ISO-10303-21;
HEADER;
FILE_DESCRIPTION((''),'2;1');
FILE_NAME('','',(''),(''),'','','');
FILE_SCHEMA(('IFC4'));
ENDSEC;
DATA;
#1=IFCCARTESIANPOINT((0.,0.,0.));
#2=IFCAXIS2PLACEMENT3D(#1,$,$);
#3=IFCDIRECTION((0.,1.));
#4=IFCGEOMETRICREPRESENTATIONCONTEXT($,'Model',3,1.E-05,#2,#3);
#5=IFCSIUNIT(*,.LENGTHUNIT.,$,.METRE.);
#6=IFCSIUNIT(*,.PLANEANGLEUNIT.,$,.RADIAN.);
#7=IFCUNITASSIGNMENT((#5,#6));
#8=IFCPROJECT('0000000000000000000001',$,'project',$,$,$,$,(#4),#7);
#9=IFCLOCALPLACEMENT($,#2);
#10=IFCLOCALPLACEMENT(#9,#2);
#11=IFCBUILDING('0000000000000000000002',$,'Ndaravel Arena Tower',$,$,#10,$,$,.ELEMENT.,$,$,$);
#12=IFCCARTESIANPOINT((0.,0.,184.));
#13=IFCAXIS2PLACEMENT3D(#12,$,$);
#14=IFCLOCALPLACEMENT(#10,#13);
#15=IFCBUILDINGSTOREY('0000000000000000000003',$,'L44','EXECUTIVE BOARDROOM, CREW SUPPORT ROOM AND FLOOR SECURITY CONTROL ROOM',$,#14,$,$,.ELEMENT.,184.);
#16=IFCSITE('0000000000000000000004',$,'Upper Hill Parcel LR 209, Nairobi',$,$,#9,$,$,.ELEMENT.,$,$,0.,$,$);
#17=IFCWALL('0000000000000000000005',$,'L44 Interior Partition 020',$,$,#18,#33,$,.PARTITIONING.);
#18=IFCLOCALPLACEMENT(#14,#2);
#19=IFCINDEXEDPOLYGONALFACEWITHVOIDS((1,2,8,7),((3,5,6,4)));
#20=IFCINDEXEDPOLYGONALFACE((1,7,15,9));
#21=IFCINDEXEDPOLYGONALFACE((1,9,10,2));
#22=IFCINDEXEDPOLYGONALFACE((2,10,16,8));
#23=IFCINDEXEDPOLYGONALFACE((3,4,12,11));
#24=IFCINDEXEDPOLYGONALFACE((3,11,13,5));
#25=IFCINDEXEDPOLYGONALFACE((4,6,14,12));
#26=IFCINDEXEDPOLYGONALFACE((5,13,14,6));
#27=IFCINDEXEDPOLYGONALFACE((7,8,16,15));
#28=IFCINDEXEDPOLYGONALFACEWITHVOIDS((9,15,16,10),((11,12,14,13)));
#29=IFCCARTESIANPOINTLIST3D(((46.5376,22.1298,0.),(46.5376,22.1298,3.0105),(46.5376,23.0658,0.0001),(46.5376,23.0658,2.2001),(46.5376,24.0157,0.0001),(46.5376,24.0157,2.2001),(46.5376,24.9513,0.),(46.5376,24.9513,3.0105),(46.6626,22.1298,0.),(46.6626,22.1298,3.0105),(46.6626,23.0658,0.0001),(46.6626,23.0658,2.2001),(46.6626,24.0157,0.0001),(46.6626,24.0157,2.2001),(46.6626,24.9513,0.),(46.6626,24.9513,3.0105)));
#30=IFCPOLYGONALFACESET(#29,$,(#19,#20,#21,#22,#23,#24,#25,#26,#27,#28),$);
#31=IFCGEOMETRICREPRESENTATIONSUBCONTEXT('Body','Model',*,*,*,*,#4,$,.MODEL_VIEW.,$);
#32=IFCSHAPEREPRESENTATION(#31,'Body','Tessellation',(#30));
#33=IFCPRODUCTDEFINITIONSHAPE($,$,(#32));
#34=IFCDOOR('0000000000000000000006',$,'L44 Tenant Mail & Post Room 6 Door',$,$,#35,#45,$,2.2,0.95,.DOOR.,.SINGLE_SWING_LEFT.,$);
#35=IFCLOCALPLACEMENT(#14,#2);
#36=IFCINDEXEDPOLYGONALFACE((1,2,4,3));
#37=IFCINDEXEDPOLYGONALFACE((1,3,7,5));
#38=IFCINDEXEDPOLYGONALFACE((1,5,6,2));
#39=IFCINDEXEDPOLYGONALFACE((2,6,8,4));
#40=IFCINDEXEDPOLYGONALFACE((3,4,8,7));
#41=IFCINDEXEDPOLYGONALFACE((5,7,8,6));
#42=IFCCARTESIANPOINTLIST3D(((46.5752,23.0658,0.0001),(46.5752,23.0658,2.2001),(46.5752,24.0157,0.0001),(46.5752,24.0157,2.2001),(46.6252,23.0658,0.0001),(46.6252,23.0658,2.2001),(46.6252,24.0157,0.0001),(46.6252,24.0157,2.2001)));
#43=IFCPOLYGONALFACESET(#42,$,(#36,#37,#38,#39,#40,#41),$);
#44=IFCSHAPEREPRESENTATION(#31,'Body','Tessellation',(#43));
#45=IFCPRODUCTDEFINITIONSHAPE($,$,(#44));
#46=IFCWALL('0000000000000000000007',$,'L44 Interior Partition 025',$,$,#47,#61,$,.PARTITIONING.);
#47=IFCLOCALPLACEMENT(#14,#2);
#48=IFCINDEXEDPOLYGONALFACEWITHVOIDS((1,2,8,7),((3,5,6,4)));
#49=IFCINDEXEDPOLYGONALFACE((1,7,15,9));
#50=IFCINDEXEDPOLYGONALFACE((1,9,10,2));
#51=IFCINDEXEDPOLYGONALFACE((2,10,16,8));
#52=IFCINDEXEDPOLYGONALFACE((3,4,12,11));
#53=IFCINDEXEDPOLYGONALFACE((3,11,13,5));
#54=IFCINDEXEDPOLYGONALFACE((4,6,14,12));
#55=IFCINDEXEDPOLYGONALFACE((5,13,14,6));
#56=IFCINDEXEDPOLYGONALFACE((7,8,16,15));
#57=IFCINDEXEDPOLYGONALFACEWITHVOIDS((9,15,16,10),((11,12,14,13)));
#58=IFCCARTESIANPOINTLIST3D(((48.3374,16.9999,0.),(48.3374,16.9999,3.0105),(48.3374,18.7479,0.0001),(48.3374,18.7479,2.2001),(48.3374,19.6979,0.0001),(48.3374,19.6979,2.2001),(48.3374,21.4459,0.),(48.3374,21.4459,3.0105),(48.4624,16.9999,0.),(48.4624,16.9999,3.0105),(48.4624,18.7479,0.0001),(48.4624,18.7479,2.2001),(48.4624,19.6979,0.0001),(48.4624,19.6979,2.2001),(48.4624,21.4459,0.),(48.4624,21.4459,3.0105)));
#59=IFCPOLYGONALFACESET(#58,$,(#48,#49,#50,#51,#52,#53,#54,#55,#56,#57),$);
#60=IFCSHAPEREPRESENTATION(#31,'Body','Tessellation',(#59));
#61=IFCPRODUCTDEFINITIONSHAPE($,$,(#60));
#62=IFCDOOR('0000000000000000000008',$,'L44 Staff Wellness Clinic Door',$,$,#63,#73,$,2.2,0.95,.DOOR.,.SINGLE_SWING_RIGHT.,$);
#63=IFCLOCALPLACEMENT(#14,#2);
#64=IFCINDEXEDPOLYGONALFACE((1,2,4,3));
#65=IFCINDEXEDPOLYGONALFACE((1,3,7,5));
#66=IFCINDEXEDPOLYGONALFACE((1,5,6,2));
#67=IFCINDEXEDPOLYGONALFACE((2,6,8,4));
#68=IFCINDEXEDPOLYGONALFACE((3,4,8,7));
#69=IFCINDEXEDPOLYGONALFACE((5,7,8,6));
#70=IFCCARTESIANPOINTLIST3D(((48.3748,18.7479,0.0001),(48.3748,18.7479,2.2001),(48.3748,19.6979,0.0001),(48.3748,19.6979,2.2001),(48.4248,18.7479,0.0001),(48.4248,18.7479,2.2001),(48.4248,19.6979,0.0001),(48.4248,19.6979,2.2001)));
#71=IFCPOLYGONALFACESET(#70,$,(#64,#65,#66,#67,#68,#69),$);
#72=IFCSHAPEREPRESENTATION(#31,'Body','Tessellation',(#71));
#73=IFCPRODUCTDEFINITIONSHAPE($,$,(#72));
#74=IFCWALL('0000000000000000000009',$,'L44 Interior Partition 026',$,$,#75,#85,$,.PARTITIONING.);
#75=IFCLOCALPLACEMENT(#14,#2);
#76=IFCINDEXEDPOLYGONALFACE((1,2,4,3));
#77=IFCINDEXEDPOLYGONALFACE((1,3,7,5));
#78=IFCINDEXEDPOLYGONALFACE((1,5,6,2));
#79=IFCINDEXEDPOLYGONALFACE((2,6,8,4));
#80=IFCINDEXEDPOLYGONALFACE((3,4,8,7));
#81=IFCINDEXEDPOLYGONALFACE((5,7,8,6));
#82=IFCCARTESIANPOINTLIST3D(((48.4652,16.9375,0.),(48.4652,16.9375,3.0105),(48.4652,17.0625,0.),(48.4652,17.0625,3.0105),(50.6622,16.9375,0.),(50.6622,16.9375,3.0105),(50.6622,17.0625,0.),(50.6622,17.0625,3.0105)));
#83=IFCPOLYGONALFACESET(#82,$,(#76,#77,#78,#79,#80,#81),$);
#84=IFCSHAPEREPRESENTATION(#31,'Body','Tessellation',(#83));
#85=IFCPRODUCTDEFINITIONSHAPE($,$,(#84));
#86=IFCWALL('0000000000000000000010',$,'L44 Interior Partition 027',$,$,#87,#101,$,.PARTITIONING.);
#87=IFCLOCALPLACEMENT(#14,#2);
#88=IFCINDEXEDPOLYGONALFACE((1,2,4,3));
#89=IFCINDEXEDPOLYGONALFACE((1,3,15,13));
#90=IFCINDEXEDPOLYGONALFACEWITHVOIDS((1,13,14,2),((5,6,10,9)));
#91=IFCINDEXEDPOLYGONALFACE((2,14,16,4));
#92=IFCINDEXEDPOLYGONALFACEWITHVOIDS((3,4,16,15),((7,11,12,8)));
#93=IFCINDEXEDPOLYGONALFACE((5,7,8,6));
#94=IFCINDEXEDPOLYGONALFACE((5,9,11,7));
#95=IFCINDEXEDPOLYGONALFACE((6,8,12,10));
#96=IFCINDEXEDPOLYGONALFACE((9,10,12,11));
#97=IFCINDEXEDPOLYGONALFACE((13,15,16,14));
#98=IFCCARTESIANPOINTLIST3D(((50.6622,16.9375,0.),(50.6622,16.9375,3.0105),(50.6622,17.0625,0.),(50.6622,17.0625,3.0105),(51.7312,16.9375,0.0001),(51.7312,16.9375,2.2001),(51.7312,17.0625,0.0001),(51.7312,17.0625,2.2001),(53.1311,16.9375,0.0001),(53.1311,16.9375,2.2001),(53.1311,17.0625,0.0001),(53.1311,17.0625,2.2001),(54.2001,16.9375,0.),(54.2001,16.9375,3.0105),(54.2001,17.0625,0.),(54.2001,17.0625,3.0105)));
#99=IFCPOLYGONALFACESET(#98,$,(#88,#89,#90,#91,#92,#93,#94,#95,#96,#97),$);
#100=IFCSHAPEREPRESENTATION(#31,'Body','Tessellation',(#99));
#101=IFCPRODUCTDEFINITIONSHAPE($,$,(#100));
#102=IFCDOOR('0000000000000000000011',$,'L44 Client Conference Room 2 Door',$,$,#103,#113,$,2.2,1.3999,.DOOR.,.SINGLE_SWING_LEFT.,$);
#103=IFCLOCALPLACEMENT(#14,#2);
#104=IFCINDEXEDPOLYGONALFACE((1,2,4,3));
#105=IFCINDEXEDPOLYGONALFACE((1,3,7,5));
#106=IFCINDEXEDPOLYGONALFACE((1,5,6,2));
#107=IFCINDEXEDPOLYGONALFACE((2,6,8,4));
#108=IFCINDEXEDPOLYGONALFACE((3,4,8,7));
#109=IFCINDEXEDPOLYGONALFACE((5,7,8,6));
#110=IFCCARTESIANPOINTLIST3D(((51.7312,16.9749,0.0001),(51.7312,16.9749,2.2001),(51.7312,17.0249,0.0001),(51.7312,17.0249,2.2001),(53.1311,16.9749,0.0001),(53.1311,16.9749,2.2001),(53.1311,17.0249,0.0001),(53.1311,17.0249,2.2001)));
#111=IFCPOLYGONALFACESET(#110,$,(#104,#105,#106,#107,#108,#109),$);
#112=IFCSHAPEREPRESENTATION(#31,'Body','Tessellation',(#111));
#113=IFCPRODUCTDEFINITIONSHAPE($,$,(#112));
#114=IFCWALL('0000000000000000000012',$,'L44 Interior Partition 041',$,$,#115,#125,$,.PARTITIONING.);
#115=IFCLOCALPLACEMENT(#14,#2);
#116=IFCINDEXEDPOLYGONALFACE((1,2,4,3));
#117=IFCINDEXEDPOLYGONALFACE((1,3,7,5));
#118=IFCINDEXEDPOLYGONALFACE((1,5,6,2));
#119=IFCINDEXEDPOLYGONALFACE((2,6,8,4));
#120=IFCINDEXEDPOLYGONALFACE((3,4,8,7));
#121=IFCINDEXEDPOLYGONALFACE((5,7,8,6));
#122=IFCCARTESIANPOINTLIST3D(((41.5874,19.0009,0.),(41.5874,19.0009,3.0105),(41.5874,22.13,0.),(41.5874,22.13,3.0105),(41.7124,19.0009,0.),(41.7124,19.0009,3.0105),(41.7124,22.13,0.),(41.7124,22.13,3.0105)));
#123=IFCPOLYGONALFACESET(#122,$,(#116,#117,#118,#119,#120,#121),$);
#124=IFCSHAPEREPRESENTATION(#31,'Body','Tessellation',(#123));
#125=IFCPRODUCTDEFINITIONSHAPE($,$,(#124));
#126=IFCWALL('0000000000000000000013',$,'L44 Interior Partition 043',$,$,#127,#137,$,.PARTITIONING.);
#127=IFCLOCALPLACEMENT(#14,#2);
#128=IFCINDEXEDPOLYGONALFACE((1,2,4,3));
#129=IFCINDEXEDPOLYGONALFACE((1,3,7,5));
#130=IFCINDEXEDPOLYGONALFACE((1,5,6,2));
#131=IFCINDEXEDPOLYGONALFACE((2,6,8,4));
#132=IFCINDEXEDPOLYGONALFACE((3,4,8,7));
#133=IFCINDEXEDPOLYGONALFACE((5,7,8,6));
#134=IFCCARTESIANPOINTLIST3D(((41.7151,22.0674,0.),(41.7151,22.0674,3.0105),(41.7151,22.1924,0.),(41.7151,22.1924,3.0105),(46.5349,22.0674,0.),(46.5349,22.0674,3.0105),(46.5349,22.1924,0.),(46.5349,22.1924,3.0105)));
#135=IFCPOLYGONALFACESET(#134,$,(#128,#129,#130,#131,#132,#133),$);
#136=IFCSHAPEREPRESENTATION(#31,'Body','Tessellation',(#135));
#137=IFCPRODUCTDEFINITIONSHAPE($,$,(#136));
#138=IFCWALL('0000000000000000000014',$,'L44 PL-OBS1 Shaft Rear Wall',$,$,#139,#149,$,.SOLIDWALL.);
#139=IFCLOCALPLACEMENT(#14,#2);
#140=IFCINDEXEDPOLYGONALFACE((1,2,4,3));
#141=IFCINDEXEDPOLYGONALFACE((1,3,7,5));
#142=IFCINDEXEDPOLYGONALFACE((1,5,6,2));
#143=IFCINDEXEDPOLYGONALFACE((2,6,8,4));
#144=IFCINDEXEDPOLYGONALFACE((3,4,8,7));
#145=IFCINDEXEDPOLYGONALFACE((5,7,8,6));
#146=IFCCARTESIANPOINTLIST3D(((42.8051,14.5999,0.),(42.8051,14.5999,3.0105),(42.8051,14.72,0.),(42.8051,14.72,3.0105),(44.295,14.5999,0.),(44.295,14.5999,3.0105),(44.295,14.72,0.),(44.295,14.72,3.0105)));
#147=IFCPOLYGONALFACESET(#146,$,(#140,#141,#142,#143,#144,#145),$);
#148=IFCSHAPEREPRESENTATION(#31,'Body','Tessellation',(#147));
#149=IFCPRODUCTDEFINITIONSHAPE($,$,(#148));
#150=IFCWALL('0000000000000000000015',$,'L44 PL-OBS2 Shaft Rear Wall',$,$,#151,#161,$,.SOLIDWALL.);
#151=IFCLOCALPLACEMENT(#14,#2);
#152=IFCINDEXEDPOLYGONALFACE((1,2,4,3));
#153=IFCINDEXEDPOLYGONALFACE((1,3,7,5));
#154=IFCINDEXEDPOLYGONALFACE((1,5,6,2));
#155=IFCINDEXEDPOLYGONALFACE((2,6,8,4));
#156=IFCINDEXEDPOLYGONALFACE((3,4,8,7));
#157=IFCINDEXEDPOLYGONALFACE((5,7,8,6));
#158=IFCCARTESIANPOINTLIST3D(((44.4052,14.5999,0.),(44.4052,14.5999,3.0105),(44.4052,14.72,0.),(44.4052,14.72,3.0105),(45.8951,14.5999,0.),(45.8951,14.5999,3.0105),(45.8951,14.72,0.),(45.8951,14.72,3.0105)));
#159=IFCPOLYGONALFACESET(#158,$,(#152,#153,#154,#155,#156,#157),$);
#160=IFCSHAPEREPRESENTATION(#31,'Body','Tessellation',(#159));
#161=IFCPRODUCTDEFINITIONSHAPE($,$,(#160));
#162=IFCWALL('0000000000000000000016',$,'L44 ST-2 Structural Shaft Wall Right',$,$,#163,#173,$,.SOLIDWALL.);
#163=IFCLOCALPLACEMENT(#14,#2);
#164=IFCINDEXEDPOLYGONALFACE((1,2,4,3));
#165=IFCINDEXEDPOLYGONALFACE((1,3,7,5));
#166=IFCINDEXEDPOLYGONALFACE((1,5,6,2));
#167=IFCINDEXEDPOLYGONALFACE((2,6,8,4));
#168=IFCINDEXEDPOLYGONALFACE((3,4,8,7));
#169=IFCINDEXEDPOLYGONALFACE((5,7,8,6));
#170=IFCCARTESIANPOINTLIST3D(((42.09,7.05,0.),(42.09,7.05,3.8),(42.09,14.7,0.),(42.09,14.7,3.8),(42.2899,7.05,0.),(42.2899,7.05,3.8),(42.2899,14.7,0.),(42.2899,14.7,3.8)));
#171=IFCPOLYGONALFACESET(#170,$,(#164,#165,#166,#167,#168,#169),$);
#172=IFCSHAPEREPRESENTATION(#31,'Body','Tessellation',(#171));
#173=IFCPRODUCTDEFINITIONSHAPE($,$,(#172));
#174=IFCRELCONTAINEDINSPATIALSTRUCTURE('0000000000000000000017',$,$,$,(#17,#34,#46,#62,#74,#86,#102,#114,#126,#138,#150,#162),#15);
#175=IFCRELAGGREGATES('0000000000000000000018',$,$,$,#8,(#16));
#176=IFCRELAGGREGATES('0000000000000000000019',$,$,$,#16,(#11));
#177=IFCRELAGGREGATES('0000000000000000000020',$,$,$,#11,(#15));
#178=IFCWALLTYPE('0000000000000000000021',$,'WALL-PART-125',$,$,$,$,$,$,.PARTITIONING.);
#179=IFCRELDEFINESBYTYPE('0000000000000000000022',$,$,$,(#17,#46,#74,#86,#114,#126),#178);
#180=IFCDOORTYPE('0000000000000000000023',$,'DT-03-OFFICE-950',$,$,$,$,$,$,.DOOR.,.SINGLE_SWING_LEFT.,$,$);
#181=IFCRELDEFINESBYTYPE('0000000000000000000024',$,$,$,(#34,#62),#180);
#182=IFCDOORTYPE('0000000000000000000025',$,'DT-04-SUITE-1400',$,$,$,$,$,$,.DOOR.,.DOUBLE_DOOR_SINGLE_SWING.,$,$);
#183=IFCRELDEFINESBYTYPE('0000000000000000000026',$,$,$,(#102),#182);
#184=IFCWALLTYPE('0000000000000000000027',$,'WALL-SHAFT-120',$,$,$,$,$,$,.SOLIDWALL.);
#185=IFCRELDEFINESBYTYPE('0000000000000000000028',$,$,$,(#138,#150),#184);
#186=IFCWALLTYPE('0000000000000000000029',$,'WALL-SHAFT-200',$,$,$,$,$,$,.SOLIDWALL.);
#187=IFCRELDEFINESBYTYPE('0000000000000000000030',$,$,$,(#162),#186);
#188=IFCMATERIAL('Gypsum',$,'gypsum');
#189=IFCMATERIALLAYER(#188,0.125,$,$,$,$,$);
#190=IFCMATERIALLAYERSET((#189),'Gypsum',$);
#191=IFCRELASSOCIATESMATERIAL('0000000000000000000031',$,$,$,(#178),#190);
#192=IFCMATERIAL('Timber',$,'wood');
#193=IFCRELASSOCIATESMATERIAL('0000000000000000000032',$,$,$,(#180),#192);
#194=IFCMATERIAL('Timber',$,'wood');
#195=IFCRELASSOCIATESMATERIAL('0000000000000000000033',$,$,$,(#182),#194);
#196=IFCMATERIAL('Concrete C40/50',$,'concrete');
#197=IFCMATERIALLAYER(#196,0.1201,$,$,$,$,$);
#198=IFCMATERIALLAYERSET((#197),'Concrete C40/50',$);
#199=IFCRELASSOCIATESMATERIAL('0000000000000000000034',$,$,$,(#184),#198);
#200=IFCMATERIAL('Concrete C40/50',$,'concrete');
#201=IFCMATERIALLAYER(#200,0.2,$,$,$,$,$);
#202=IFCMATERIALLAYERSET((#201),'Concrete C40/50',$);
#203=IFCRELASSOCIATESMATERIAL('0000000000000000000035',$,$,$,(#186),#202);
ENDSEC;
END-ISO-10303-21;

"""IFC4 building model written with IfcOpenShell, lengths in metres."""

from ifc_helpers import new_model, si_unit, direction, frame, frame_2d, origin, place, context, subcontext, project, spatial, rectangle, extrude, material, layer, layer_set, type_object, element, fill, save


model = new_model("IFC4")

# Units and contexts
model_context = context("Model", 3, precision=1e-05, world=origin(), true_north=direction((0.0, 1.0)))
body_context = subcontext(model_context, "Body", "Model", "MODEL_VIEW")
ifc_project = project(units=[si_unit("LENGTHUNIT", "METRE"), si_unit("PLANEANGLEUNIT", "RADIAN")], contexts=[model_context])

# Site, building, storey
site_placement = place(None, origin())
site = spatial("IfcSite", under=ifc_project, at=site_placement, Name="Upper Hill Parcel LR 209, Nairobi", CompositionType="ELEMENT", RefElevation=0.0)
building_placement = place(site_placement, origin())
building = spatial("IfcBuilding", under=site, at=building_placement, Name="Ndaravel Arena Tower", CompositionType="ELEMENT")
storey_placement = place(building_placement, frame((0.0, 0.0, 184.0)))
storey = spatial("IfcBuildingStorey", under=building, at=storey_placement, Name="L44", Description="EXECUTIVE BOARDROOM, CREW SUPPORT ROOM AND FLOOR SECURITY CONTROL ROOM", CompositionType="ELEMENT", Elevation=184.0)

# Walls, openings, doors
ifc_material_1 = material(Name="Gypsum", Category="gypsum")
ifc_layer_1 = layer(ifc_material_1, 0.125)
ifc_layer_set_1 = layer_set([ifc_layer_1], Name="Gypsum")
wall_type_1 = type_object("IfcWallType", Name="WALL-PART-125", PredefinedType="PARTITIONING", material=ifc_layer_set_1)
ifc_material_2 = material(Name="Timber", Category="wood")
door_type_1 = type_object("IfcDoorType", Name="DT-03-OFFICE-950", OperationType="SINGLE_SWING_LEFT", PredefinedType="DOOR", material=ifc_material_2)
wall_1_placement = place(storey_placement, frame((46.6001, 22.1299, 0.0), z_axis=(0.0, 0.0, 1.0), x_axis=(0.0, 1.0, 0.0)))
wall_1 = element("IfcWall", 1, at=wall_1_placement, inside=storey, type_object=wall_type_1, Name="L44 Interior Partition 020", PredefinedType="PARTITIONING", context=body_context, shape_type="SweptSolid", body=[
    extrude(rectangle(XDim=2.8215, YDim=0.125, at=frame_2d((1.4106, 0.0))), origin(), (0.0, 0.0, 1.0), 3.0105),
])
opening_1_placement = place(wall_1_placement, frame((0.9358, 0.0, 0.0)))
opening_1 = element("IfcOpeningElement", 2, at=opening_1_placement, cuts=wall_1, PredefinedType="OPENING", context=body_context, shape_type="SweptSolid", body=[
    extrude(rectangle(XDim=0.95, YDim=2.2, at=frame_2d((0.4751, 1.1001))), frame((0.0, 0.0625, 0.0), z_axis=(0.0, -1.0, 0.0), x_axis=(1.0, 0.0, 0.0)), (0.0, 0.0, 1.0), 0.125),
])
door_1_placement = place(opening_1_placement, origin())
door_1 = element("IfcDoor", 3, at=door_1_placement, inside=storey, type_object=door_type_1, Name="L44 Tenant Mail & Post Room 6 Door", OperationType="SINGLE_SWING_LEFT", OverallHeight=2.2, OverallWidth=0.95, PredefinedType="DOOR", context=body_context, shape_type="SweptSolid", body=[
    extrude(rectangle(XDim=0.95, YDim=2.2, at=frame_2d((0.4751, 1.1001))), frame((0.0, 0.0249, 0.0), z_axis=(0.0, -1.0, 0.0), x_axis=(1.0, 0.0, 0.0)), (0.0, 0.0, 1.0), 0.05),
])
fill(opening_1, door_1)
wall_2_placement = place(storey_placement, frame((48.3999, 21.446, 0.0), z_axis=(0.0, 0.0, 1.0), x_axis=(0.0, -1.0, 0.0)))
wall_2 = element("IfcWall", 4, at=wall_2_placement, inside=storey, type_object=wall_type_1, Name="L44 Interior Partition 025", PredefinedType="PARTITIONING", context=body_context, shape_type="SweptSolid", body=[
    extrude(rectangle(XDim=4.446, YDim=0.125, at=frame_2d((2.2231, 0.0))), origin(), (0.0, 0.0, 1.0), 3.0105),
])
opening_2_placement = place(wall_2_placement, frame((1.748, 0.0, 0.0)))
opening_2 = element("IfcOpeningElement", 5, at=opening_2_placement, cuts=wall_2, PredefinedType="OPENING", context=body_context, shape_type="SweptSolid", body=[
    extrude(rectangle(XDim=0.95, YDim=2.2, at=frame_2d((0.4751, 1.1001))), frame((0.0, 0.0625, 0.0), z_axis=(0.0, -1.0, 0.0), x_axis=(1.0, 0.0, 0.0)), (0.0, 0.0, 1.0), 0.125),
])
door_2_placement = place(opening_2_placement, origin())
door_2 = element("IfcDoor", 6, at=door_2_placement, inside=storey, type_object=door_type_1, Name="L44 Staff Wellness Clinic Door", OperationType="SINGLE_SWING_RIGHT", OverallHeight=2.2, OverallWidth=0.95, PredefinedType="DOOR", context=body_context, shape_type="SweptSolid", body=[
    extrude(rectangle(XDim=0.95, YDim=2.2, at=frame_2d((0.4751, 1.1001))), frame((0.0, 0.0249, 0.0), z_axis=(0.0, -1.0, 0.0), x_axis=(1.0, 0.0, 0.0)), (0.0, 0.0, 1.0), 0.05),
])
fill(opening_2, door_2)

# Wall
wall_3_placement = place(storey_placement, frame((48.4651, 17.0, 0.0), z_axis=(0.0, 0.0, 1.0), x_axis=(1.0, 0.0, 0.0)))
element("IfcWall", 7, at=wall_3_placement, inside=storey, type_object=wall_type_1, Name="L44 Interior Partition 026", PredefinedType="PARTITIONING", context=body_context, shape_type="SweptSolid", body=[
    extrude(rectangle(XDim=2.197, YDim=0.125, at=frame_2d((1.0986, 0.0))), origin(), (0.0, 0.0, 1.0), 3.0105),
])

# Wall, opening, door
wall_4_placement = place(storey_placement, frame((50.6621, 17.0, 0.0), z_axis=(0.0, 0.0, 1.0), x_axis=(1.0, 0.0, 0.0)))
wall_4 = element("IfcWall", 8, at=wall_4_placement, inside=storey, type_object=wall_type_1, Name="L44 Interior Partition 027", PredefinedType="PARTITIONING", context=body_context, shape_type="SweptSolid", body=[
    extrude(rectangle(XDim=3.5378, YDim=0.125, at=frame_2d((1.769, 0.0))), origin(), (0.0, 0.0, 1.0), 3.0105),
])
opening_3_placement = place(wall_4_placement, frame((1.0691, 0.0, 0.0)))
opening_3 = element("IfcOpeningElement", 9, at=opening_3_placement, cuts=wall_4, PredefinedType="OPENING", context=body_context, shape_type="SweptSolid", body=[
    extrude(rectangle(XDim=1.3999, YDim=2.2, at=frame_2d((0.7, 1.1001))), frame((0.0, 0.0625, 0.0), z_axis=(0.0, -1.0, 0.0), x_axis=(1.0, 0.0, 0.0)), (0.0, 0.0, 1.0), 0.125),
])
ifc_material_3 = material(Name="Timber", Category="wood")
door_type_2 = type_object("IfcDoorType", Name="DT-04-SUITE-1400", OperationType="DOUBLE_DOOR_SINGLE_SWING", PredefinedType="DOOR", material=ifc_material_3)
door_3_placement = place(opening_3_placement, origin())
door_3 = element("IfcDoor", 10, at=door_3_placement, inside=storey, type_object=door_type_2, Name="L44 Client Conference Room 2 Door", OperationType="SINGLE_SWING_LEFT", OverallHeight=2.2, OverallWidth=1.3999, PredefinedType="DOOR", context=body_context, shape_type="SweptSolid", body=[
    extrude(rectangle(XDim=1.3999, YDim=2.2, at=frame_2d((0.7, 1.1001))), frame((0.0, 0.0249, 0.0), z_axis=(0.0, -1.0, 0.0), x_axis=(1.0, 0.0, 0.0)), (0.0, 0.0, 1.0), 0.05),
])
fill(opening_3, door_3)

# Walls
wall_5_placement = place(storey_placement, frame((41.6499, 22.1299, 0.0), z_axis=(0.0, 0.0, 1.0), x_axis=(0.0, -1.0, 0.0)))
element("IfcWall", 11, at=wall_5_placement, inside=storey, type_object=wall_type_1, Name="L44 Interior Partition 041", PredefinedType="PARTITIONING", context=body_context, shape_type="SweptSolid", body=[
    extrude(rectangle(XDim=3.1292, YDim=0.125, at=frame_2d((1.5645, 0.0))), origin(), (0.0, 0.0, 1.0), 3.0105),
])
wall_6_placement = place(storey_placement, frame((41.7151, 22.1299, 0.0), z_axis=(0.0, 0.0, 1.0), x_axis=(1.0, 0.0, 0.0)))
element("IfcWall", 12, at=wall_6_placement, inside=storey, type_object=wall_type_1, Name="L44 Interior Partition 043", PredefinedType="PARTITIONING", context=body_context, shape_type="SweptSolid", body=[
    extrude(rectangle(XDim=4.8198, YDim=0.125, at=frame_2d((2.4099, 0.0))), origin(), (0.0, 0.0, 1.0), 3.0105),
])
ifc_material_4 = material(Name="Concrete C40/50", Category="concrete")
ifc_layer_2 = layer(ifc_material_4, 0.1201)
ifc_layer_set_2 = layer_set([ifc_layer_2], Name="Concrete C40/50")
wall_type_2 = type_object("IfcWallType", Name="WALL-SHAFT-120", PredefinedType="SOLIDWALL", material=ifc_layer_set_2)
for number, where, z_axis, x_axis, name in (
    (13, (42.8049, 14.6599, 0.0), (0.0, 0.0, 1.0), (1.0, 0.0, 0.0), "L44 PL-OBS1 Shaft Rear Wall"),
    (14, (44.405, 14.6599, 0.0), (0.0, 0.0, 1.0), (1.0, 0.0, 0.0), "L44 PL-OBS2 Shaft Rear Wall"),
):
    element("IfcWall", number, at=place(storey_placement, frame(where, z_axis=z_axis, x_axis=x_axis)), inside=storey, type_object=wall_type_2, Name=name, PredefinedType="SOLIDWALL", context=body_context, shape_type="SweptSolid", body=[
        extrude(rectangle(XDim=1.49, YDim=0.1201, at=frame_2d((0.7451, 0.0))), origin(), (0.0, 0.0, 1.0), 3.0105),
    ])
ifc_material_5 = material(Name="Concrete C40/50", Category="concrete")
ifc_layer_3 = layer(ifc_material_5, 0.2)
ifc_layer_set_3 = layer_set([ifc_layer_3], Name="Concrete C40/50")
wall_type_3 = type_object("IfcWallType", Name="WALL-SHAFT-200", PredefinedType="SOLIDWALL", material=ifc_layer_set_3)
wall_7_placement = place(storey_placement, frame((42.1899, 14.7, 0.0), z_axis=(0.0, 0.0, 1.0), x_axis=(0.0, -1.0, 0.0)))
element("IfcWall", 15, at=wall_7_placement, inside=storey, type_object=wall_type_3, Name="L44 ST-2 Structural Shaft Wall Right", PredefinedType="SOLIDWALL", context=body_context, shape_type="SweptSolid", body=[
    extrude(rectangle(XDim=7.6499, YDim=0.2, at=frame_2d((3.825, 0.0))), origin(), (0.0, 0.0, 1.0), 3.8),
])

save(model, "model.ifc")
